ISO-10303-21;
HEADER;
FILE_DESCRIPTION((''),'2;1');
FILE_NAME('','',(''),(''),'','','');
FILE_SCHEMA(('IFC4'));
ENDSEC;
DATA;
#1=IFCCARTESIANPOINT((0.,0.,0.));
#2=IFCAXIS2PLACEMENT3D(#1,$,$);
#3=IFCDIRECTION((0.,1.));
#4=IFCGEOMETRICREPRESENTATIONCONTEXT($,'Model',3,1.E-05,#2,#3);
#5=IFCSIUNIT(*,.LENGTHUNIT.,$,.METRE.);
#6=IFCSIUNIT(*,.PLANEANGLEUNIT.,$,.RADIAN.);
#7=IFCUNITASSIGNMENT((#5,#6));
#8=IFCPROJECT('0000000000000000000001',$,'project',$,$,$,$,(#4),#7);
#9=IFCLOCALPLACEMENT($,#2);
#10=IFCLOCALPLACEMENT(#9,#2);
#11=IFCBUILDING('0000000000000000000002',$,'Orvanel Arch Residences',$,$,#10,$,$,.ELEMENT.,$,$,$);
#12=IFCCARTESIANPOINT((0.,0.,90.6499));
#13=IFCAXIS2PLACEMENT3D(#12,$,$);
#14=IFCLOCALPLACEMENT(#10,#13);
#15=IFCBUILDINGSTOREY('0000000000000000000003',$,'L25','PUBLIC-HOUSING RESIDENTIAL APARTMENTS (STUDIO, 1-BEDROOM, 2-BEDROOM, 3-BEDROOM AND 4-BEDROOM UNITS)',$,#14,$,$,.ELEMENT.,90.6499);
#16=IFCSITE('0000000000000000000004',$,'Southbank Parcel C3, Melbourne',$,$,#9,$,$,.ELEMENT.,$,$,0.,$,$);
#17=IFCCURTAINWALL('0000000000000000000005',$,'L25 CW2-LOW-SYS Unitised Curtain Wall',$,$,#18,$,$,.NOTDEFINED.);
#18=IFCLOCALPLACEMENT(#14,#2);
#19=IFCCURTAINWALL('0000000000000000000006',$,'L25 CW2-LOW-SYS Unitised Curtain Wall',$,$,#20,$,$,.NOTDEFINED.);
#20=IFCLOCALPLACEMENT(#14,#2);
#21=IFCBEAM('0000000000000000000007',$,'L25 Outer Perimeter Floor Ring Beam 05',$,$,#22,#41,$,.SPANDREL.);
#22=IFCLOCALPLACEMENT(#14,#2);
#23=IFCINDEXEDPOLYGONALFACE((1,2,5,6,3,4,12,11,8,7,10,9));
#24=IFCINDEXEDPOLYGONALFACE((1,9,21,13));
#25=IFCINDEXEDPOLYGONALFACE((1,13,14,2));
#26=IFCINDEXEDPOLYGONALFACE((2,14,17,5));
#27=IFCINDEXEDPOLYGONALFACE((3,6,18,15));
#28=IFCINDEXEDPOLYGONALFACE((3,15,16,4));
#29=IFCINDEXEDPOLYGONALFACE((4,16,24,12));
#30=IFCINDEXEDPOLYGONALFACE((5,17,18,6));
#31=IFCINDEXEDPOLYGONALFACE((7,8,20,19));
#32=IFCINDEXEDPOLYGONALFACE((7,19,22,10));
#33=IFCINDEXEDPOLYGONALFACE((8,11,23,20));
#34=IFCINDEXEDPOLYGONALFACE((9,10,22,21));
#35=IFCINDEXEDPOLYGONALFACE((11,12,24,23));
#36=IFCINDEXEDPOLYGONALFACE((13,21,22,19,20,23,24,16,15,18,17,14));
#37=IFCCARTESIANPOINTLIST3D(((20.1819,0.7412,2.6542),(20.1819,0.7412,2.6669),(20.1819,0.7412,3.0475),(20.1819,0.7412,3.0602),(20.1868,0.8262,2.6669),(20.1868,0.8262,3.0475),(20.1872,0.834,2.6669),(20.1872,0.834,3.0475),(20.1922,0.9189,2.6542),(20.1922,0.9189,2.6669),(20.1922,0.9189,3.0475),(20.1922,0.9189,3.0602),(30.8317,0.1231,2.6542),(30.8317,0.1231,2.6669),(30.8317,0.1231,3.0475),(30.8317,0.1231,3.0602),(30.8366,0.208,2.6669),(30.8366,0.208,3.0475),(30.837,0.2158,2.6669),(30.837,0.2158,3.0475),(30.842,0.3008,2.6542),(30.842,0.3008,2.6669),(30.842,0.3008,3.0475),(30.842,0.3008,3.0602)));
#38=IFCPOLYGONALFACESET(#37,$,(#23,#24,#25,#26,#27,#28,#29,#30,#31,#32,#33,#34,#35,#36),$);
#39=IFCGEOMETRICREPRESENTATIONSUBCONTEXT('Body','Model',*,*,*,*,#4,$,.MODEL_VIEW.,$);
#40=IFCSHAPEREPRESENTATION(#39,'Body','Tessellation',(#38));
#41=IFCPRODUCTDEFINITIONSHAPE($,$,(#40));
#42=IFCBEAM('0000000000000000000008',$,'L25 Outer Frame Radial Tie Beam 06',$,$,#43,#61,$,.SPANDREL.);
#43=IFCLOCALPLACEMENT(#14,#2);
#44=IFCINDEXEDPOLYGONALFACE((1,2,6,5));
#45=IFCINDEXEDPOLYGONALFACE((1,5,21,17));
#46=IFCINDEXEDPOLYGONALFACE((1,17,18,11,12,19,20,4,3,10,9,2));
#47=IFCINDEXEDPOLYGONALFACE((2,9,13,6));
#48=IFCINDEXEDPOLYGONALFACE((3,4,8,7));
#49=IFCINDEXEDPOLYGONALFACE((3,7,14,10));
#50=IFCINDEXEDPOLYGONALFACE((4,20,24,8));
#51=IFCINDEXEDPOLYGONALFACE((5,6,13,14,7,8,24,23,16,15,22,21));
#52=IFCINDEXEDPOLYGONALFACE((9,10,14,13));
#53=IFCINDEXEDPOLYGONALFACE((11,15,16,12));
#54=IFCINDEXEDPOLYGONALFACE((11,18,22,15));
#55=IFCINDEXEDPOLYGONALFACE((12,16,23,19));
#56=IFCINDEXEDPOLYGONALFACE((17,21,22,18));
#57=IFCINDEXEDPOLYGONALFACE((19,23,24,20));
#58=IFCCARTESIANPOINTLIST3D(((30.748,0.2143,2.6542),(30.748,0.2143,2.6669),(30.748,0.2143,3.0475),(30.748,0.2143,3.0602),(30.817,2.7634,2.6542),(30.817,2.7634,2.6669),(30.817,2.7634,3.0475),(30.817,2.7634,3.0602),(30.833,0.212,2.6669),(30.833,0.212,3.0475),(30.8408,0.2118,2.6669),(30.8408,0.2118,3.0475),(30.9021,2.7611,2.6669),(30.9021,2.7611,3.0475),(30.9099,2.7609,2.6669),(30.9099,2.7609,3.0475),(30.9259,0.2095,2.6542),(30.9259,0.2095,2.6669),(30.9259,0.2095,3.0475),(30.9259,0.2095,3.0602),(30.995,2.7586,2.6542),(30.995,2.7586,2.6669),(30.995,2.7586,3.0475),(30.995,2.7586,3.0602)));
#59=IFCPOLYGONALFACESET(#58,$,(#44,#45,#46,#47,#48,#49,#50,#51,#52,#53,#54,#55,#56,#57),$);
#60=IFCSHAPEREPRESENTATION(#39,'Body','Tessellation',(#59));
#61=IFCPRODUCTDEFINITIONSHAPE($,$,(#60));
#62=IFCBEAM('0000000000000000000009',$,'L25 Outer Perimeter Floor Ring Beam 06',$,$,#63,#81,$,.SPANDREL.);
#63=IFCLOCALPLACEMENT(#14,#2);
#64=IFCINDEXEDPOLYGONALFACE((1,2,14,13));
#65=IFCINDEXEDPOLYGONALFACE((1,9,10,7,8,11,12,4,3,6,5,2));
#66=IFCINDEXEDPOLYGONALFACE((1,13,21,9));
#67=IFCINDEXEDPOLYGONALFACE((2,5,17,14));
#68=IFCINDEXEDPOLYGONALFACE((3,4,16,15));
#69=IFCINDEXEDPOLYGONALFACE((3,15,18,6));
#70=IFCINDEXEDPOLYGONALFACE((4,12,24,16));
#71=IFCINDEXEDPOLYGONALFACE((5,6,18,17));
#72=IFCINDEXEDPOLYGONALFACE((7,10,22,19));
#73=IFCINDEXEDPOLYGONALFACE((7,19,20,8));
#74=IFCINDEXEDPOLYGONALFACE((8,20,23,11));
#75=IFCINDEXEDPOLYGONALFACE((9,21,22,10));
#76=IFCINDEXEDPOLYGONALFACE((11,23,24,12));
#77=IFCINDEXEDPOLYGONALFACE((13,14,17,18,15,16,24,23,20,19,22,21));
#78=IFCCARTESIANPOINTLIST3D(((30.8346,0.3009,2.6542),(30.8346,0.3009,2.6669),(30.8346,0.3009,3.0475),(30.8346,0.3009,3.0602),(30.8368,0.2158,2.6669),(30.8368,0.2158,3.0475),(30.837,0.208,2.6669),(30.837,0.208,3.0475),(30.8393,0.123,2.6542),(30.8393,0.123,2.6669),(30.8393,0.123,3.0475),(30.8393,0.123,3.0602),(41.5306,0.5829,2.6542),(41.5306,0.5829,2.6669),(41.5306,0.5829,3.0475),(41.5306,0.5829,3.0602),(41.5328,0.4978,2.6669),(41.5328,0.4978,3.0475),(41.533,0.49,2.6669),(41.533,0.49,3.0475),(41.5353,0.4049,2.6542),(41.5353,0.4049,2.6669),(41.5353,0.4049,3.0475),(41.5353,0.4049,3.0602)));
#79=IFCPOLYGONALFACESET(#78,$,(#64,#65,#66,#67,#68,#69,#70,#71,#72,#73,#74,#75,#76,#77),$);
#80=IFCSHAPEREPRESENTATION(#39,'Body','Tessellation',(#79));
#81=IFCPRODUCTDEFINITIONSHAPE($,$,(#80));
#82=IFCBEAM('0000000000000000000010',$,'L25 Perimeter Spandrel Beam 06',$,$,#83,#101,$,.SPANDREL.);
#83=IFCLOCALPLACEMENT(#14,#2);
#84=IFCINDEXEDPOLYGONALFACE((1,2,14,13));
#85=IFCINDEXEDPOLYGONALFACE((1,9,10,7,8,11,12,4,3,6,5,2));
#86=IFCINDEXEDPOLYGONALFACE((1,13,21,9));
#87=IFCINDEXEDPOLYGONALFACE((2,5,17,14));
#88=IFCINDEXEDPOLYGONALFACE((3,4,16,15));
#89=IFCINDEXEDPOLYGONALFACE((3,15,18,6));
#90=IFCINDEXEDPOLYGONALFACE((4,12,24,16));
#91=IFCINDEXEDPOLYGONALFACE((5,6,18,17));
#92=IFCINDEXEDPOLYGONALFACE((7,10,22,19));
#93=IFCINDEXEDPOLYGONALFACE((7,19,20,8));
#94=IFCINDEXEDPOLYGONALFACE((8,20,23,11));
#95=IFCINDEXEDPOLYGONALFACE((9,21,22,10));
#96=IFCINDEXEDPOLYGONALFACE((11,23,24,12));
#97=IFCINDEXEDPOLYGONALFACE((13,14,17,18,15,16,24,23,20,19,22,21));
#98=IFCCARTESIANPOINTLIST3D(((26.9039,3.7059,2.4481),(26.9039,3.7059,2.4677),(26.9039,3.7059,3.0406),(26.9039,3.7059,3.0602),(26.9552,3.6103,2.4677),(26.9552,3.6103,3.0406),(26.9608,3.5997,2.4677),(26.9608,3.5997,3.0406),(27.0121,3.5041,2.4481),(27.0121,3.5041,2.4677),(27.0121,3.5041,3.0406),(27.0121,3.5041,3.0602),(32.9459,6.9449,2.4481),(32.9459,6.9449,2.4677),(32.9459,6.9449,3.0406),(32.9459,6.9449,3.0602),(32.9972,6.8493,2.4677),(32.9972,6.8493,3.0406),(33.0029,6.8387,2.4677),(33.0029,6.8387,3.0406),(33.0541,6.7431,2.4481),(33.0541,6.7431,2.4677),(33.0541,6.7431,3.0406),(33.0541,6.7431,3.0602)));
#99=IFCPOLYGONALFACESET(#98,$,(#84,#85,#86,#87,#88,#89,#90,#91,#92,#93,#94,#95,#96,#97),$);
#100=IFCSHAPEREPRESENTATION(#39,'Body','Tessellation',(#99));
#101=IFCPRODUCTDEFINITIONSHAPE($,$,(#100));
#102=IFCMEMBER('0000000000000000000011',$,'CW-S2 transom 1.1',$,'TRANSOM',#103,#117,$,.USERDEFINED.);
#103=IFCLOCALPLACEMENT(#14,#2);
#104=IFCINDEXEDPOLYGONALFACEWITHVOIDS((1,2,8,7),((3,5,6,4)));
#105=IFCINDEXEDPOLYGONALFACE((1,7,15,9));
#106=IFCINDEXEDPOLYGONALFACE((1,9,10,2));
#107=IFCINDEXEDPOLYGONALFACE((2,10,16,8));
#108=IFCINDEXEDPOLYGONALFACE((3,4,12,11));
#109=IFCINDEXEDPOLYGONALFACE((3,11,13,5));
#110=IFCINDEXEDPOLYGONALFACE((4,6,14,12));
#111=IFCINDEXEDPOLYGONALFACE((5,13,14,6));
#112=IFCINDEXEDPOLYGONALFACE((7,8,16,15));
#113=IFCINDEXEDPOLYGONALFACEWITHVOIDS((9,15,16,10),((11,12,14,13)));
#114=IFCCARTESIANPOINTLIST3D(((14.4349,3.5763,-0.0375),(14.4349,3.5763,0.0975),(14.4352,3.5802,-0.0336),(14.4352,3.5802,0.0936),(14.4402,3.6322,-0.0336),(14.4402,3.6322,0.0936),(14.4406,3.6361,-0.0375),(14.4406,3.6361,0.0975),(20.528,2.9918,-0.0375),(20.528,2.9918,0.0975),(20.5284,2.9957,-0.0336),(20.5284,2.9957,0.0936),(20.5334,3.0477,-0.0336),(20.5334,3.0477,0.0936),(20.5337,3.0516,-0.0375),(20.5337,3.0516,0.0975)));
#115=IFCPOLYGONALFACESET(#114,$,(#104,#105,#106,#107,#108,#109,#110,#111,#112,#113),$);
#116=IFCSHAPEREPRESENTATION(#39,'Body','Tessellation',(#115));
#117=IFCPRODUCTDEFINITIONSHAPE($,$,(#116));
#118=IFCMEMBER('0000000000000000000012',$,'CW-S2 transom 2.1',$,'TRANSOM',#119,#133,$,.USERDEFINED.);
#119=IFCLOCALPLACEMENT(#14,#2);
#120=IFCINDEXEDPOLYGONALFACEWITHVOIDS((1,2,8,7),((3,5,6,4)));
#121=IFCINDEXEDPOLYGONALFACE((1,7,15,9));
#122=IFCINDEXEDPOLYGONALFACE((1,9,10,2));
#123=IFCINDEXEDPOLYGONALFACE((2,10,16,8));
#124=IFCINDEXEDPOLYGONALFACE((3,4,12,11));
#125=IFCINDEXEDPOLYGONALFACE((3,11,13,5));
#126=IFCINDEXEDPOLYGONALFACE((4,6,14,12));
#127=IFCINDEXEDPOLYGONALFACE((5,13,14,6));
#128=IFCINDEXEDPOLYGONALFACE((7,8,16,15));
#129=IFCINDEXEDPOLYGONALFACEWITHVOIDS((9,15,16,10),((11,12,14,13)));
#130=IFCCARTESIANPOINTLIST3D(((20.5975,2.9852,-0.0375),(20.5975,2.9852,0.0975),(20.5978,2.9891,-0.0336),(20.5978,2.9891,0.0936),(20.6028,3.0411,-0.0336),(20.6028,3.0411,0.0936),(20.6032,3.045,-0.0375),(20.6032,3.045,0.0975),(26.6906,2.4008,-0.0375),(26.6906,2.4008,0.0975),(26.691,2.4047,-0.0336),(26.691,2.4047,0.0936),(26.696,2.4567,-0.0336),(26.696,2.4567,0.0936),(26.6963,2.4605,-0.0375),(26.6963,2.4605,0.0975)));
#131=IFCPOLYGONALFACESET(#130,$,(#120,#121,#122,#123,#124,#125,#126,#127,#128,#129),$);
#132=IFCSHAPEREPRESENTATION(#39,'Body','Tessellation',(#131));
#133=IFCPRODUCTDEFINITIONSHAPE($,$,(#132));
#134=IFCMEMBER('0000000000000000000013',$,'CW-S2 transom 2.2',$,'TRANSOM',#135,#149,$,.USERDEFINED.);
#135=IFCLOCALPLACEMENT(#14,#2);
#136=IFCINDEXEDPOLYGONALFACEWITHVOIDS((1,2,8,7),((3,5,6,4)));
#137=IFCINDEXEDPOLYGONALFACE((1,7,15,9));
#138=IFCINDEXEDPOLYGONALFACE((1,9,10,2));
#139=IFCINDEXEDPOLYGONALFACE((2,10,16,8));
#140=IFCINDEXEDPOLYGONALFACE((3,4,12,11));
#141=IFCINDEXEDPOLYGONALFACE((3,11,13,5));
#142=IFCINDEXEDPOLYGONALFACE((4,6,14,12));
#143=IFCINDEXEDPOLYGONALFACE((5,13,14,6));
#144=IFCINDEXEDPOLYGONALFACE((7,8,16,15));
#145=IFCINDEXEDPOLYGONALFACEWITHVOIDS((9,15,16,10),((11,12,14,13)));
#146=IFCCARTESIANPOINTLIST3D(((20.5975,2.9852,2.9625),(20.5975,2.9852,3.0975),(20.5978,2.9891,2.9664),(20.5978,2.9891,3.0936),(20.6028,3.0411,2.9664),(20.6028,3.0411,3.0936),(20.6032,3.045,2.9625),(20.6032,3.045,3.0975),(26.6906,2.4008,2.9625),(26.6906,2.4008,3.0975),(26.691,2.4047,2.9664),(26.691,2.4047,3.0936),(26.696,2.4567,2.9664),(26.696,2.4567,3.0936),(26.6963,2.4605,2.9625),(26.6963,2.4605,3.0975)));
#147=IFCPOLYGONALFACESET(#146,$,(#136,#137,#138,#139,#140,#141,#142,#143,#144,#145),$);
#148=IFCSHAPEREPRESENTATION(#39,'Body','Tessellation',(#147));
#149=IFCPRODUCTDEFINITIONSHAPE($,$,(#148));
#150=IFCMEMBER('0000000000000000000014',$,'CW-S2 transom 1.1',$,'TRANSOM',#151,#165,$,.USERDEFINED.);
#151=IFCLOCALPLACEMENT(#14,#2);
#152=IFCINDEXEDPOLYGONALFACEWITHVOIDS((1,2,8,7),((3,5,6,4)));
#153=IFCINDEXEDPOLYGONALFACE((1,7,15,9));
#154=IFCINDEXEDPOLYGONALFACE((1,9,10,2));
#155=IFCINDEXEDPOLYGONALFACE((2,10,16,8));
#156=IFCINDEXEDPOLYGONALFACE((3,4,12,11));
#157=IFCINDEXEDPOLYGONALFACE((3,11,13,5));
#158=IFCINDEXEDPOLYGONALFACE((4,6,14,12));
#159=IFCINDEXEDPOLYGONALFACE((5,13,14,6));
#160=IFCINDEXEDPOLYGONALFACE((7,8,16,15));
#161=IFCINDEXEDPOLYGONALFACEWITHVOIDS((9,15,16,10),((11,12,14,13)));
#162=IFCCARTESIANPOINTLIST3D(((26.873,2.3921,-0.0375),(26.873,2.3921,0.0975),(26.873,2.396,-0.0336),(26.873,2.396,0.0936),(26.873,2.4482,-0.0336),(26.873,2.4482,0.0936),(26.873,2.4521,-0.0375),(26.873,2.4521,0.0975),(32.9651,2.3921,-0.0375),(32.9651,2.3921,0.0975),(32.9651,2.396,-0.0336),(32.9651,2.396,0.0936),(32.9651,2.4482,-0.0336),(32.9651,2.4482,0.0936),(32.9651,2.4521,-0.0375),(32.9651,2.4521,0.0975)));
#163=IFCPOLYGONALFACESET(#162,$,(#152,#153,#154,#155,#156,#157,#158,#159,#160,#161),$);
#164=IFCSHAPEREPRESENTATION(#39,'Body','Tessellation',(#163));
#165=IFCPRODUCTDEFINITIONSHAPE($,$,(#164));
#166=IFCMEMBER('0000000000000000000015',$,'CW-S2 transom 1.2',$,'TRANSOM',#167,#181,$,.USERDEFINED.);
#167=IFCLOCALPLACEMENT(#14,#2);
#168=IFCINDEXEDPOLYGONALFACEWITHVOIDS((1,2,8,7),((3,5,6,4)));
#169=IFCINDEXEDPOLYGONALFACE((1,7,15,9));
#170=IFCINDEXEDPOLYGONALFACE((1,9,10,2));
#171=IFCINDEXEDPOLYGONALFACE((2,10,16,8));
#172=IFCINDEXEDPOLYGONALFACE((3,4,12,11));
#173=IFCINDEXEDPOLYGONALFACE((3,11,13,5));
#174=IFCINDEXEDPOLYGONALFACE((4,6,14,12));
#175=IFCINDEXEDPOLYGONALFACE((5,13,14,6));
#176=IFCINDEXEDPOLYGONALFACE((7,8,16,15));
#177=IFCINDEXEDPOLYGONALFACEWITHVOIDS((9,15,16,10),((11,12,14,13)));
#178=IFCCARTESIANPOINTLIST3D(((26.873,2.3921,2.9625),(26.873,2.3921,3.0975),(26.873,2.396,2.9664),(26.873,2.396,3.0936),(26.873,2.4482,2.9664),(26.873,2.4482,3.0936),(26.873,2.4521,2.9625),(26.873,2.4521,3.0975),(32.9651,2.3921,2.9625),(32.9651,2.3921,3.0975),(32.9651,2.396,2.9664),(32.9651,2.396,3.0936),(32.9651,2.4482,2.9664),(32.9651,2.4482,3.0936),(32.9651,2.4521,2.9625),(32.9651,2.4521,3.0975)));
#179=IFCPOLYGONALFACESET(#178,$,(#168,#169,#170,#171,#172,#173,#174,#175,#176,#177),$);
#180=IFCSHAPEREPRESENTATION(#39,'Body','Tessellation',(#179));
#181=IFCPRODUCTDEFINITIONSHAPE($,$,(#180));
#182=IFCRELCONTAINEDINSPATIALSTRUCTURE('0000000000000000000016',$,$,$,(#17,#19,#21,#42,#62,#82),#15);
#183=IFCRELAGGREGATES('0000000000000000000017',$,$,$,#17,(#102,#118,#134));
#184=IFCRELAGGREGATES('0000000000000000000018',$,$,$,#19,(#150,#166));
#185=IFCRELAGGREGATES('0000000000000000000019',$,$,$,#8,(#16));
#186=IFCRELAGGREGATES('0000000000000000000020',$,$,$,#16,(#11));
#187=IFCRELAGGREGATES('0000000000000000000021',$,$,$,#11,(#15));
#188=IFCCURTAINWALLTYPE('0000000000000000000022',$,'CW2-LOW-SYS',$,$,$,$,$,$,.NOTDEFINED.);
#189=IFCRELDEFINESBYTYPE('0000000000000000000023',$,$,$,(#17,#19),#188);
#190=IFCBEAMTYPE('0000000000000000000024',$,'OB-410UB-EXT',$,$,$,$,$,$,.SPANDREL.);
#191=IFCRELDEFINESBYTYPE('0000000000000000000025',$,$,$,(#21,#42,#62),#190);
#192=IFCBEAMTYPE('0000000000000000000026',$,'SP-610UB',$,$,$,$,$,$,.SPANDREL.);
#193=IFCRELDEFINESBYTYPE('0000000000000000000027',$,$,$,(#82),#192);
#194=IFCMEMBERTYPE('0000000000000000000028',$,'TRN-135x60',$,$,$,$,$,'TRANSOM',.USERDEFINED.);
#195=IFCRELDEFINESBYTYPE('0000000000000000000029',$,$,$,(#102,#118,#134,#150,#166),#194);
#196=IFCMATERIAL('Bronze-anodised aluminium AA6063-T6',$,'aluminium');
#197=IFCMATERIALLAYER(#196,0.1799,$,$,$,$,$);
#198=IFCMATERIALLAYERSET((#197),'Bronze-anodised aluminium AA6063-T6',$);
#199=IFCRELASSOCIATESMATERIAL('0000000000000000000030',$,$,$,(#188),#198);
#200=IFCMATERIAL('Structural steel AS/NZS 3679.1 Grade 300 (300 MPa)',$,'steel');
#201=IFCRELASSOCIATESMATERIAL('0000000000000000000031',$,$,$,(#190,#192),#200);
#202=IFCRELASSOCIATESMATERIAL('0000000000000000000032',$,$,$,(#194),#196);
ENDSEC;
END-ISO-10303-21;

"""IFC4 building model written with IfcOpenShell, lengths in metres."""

from ifc_helpers import new_model, si_unit, direction, frame, origin, origin_2d, place, context, subcontext, project, spatial, hollow_rectangle, i_section, extrude, material, layer, layer_set, material_profile, profile_set, type_object, element, aggregate, save


model = new_model("IFC4")

# Units and contexts
model_context = context("Model", 3, precision=1e-05, world=origin(), true_north=direction((0.0, 1.0)))
body_context = subcontext(model_context, "Body", "Model", "MODEL_VIEW")
ifc_project = project(units=[si_unit("LENGTHUNIT", "METRE"), si_unit("PLANEANGLEUNIT", "RADIAN")], contexts=[model_context])

# Site, building, storey
site_placement = place(None, origin())
site = spatial("IfcSite", under=ifc_project, at=site_placement, Name="Southbank Parcel C3, Melbourne", CompositionType="ELEMENT", RefElevation=0.0)
building_placement = place(site_placement, origin())
building = spatial("IfcBuilding", under=site, at=building_placement, Name="Orvanel Arch Residences", CompositionType="ELEMENT")
storey_placement = place(building_placement, frame((0.0, 0.0, 90.6499)))
storey = spatial("IfcBuildingStorey", under=building, at=storey_placement, Name="L25", Description="PUBLIC-HOUSING RESIDENTIAL APARTMENTS (STUDIO, 1-BEDROOM, 2-BEDROOM, 3-BEDROOM AND 4-BEDROOM UNITS)", CompositionType="ELEMENT", Elevation=90.6499)

# Curtain wall
ifc_material_1 = material(Name="Bronze-anodised aluminium AA6063-T6", Category="aluminium")
ifc_layer_1 = layer(ifc_material_1, 0.1799)
ifc_layer_set_1 = layer_set([ifc_layer_1], Name="Bronze-anodised aluminium AA6063-T6")
curtain_wall_type = type_object("IfcCurtainWallType", Name="CW2-LOW-SYS", PredefinedType="NOTDEFINED", material=ifc_layer_set_1)
curtain_wall_1_placement = place(storey_placement, origin())
curtain_wall_1 = element("IfcCurtainWall", 1, at=curtain_wall_1_placement, inside=storey, type_object=curtain_wall_type, Name="L25 CW2-LOW-SYS Unitised Curtain Wall", PredefinedType="NOTDEFINED")

# Curtain wall
curtain_wall_2_placement = place(storey_placement, origin())
curtain_wall_2 = element("IfcCurtainWall", 2, at=curtain_wall_2_placement, inside=storey, type_object=curtain_wall_type, Name="L25 CW2-LOW-SYS Unitised Curtain Wall", PredefinedType="NOTDEFINED")

# Beams
ifc_material_2 = material(Name="Structural steel AS/NZS 3679.1 Grade 300 (300 MPa)", Category="steel")
ifc_material_profile_1 = material_profile(ifc_material_2, i_section(OverallWidth=0.178, OverallDepth=0.406, WebThickness=0.0078, FlangeThickness=0.0127, at=origin_2d()), Name="410UB59.7")
ifc_profile_set_1 = profile_set([ifc_material_profile_1], Name="Structural steel AS/NZS 3679.1 Grade 300 (300 MPa)")
beam_type_1 = type_object("IfcBeamType", Name="OB-410UB-EXT", PredefinedType="SPANDREL", material=ifc_profile_set_1)
beam_1_placement = place(storey_placement, frame((20.187, 0.8301, 2.8572), z_axis=(0.99832, -0.057947, 0.0), x_axis=(0.057947, 0.99832, 0.0)))
element("IfcBeam", 3, at=beam_1_placement, inside=storey, type_object=beam_type_1, Name="L25 Outer Perimeter Floor Ring Beam 05", PredefinedType="SPANDREL", context=body_context, shape_type="SweptSolid", body=[
    extrude(i_section(OverallWidth=0.178, OverallDepth=0.406, WebThickness=0.0078, FlangeThickness=0.0127, at=origin_2d()), origin(), (0.0, 0.0, 1.0), 10.6677),
])
beam_2_placement = place(storey_placement, frame((30.906, 2.761, 2.8572), z_axis=(-0.027095, -0.999633, 0.0), x_axis=(0.999633, -0.027095, 0.0)))
element("IfcBeam", 4, at=beam_2_placement, inside=storey, type_object=beam_type_1, Name="L25 Outer Frame Radial Tie Beam 06", PredefinedType="SPANDREL", context=body_context, shape_type="SweptSolid", body=[
    extrude(i_section(OverallWidth=0.178, OverallDepth=0.406, WebThickness=0.0078, FlangeThickness=0.0127, at=origin_2d()), origin(), (0.0, 0.0, 1.0), 2.55),
])
beam_3_placement = place(storey_placement, frame((30.8369, 0.2119, 2.8572), z_axis=(0.999653, 0.026354, 0.0), x_axis=(-0.026354, 0.999653, 0.0)))
element("IfcBeam", 5, at=beam_3_placement, inside=storey, type_object=beam_type_1, Name="L25 Outer Perimeter Floor Ring Beam 06", PredefinedType="SPANDREL", context=body_context, shape_type="SweptSolid", body=[
    extrude(i_section(OverallWidth=0.178, OverallDepth=0.406, WebThickness=0.0078, FlangeThickness=0.0127, at=origin_2d()), origin(), (0.0, 0.0, 1.0), 10.6997),
])
ifc_material_profile_2 = material_profile(ifc_material_2, i_section(OverallWidth=0.229, OverallDepth=0.6121, WebThickness=0.012, FlangeThickness=0.0195, at=origin_2d()), Name="610UB125")
ifc_profile_set_2 = profile_set([ifc_material_profile_2], Name="Structural steel AS/NZS 3679.1 Grade 300 (300 MPa)")
beam_type_2 = type_object("IfcBeamType", Name="SP-610UB", PredefinedType="SPANDREL", material=ifc_profile_set_2)
beam_4_placement = place(storey_placement, frame((26.958, 3.605, 2.7542), z_axis=(0.881344, 0.472474, 0.0), x_axis=(-0.472474, 0.881344, 0.0)))
element("IfcBeam", 6, at=beam_4_placement, inside=storey, type_object=beam_type_2, Name="L25 Perimeter Spandrel Beam 06", PredefinedType="SPANDREL", context=body_context, shape_type="SweptSolid", body=[
    extrude(i_section(OverallWidth=0.229, OverallDepth=0.6121, WebThickness=0.012, FlangeThickness=0.0195, at=origin_2d()), origin(), (0.0, 0.0, 1.0), 6.8555),
])

# Members
ifc_material_profile_3 = material_profile(ifc_material_1, hollow_rectangle(XDim=0.0601, YDim=0.135, WallThickness=0.0039, at=origin_2d()), Name="ALU135x60x4")
ifc_profile_set_3 = profile_set([ifc_material_profile_3], Name="Bronze-anodised aluminium AA6063-T6")
member_type_1 = type_object("IfcMemberType", Name="TRN-135x60", ElementType="TRANSOM", PredefinedType="USERDEFINED", material=ifc_profile_set_3)
member_1_placement = place(storey_placement, frame((14.4377, 3.6062, 0.03), z_axis=(0.995431, -0.095487, 0.0), x_axis=(0.095487, 0.995431, 0.0)))
member_1 = element("IfcMember", 7, at=member_1_placement, type_object=member_type_1, Name="CW-S2 transom 1.1", ObjectType="TRANSOM", PredefinedType="USERDEFINED", context=body_context, shape_type="SweptSolid", body=[
    extrude(hollow_rectangle(XDim=0.0601, YDim=0.135, WallThickness=0.0039, at=origin_2d()), origin(), (0.0, 0.0, 1.0), 6.1211),
])
member_2_placement = place(storey_placement, frame((20.6003, 3.0151, 0.03), z_axis=(0.995431, -0.095487, 0.0), x_axis=(0.095487, 0.995431, 0.0)))
member_2 = element("IfcMember", 8, at=member_2_placement, type_object=member_type_1, Name="CW-S2 transom 2.1", ObjectType="TRANSOM", PredefinedType="USERDEFINED", context=body_context, shape_type="SweptSolid", body=[
    extrude(hollow_rectangle(XDim=0.0601, YDim=0.135, WallThickness=0.0039, at=origin_2d()), origin(), (0.0, 0.0, 1.0), 6.1211),
])
member_3_placement = place(storey_placement, frame((20.6003, 3.0151, 3.03), z_axis=(0.995431, -0.095487, 0.0), x_axis=(0.095487, 0.995431, 0.0)))
member_3 = element("IfcMember", 9, at=member_3_placement, type_object=member_type_1, Name="CW-S2 transom 2.2", ObjectType="TRANSOM", PredefinedType="USERDEFINED", context=body_context, shape_type="SweptSolid", body=[
    extrude(hollow_rectangle(XDim=0.0601, YDim=0.135, WallThickness=0.0039, at=origin_2d()), origin(), (0.0, 0.0, 1.0), 6.1211),
])
member_4_placement = place(storey_placement, frame((26.873, 2.4221, 0.03), z_axis=(1.0, 0.0, 0.0), x_axis=(0.0, 1.0, 0.0)))
member_4 = element("IfcMember", 10, at=member_4_placement, type_object=member_type_1, Name="CW-S2 transom 1.1", ObjectType="TRANSOM", PredefinedType="USERDEFINED", context=body_context, shape_type="SweptSolid", body=[
    extrude(hollow_rectangle(XDim=0.0601, YDim=0.135, WallThickness=0.0039, at=origin_2d()), origin(), (0.0, 0.0, 1.0), 6.092),
])
member_5_placement = place(storey_placement, frame((26.873, 2.4221, 3.03), z_axis=(1.0, 0.0, 0.0), x_axis=(0.0, 1.0, 0.0)))
member_5 = element("IfcMember", 11, at=member_5_placement, type_object=member_type_1, Name="CW-S2 transom 1.2", ObjectType="TRANSOM", PredefinedType="USERDEFINED", context=body_context, shape_type="SweptSolid", body=[
    extrude(hollow_rectangle(XDim=0.0601, YDim=0.135, WallThickness=0.0039, at=origin_2d()), origin(), (0.0, 0.0, 1.0), 6.092),
])

aggregate(curtain_wall_1, [member_1, member_2, member_3])
aggregate(curtain_wall_2, [member_4, member_5])

save(model, "model.ifc")
